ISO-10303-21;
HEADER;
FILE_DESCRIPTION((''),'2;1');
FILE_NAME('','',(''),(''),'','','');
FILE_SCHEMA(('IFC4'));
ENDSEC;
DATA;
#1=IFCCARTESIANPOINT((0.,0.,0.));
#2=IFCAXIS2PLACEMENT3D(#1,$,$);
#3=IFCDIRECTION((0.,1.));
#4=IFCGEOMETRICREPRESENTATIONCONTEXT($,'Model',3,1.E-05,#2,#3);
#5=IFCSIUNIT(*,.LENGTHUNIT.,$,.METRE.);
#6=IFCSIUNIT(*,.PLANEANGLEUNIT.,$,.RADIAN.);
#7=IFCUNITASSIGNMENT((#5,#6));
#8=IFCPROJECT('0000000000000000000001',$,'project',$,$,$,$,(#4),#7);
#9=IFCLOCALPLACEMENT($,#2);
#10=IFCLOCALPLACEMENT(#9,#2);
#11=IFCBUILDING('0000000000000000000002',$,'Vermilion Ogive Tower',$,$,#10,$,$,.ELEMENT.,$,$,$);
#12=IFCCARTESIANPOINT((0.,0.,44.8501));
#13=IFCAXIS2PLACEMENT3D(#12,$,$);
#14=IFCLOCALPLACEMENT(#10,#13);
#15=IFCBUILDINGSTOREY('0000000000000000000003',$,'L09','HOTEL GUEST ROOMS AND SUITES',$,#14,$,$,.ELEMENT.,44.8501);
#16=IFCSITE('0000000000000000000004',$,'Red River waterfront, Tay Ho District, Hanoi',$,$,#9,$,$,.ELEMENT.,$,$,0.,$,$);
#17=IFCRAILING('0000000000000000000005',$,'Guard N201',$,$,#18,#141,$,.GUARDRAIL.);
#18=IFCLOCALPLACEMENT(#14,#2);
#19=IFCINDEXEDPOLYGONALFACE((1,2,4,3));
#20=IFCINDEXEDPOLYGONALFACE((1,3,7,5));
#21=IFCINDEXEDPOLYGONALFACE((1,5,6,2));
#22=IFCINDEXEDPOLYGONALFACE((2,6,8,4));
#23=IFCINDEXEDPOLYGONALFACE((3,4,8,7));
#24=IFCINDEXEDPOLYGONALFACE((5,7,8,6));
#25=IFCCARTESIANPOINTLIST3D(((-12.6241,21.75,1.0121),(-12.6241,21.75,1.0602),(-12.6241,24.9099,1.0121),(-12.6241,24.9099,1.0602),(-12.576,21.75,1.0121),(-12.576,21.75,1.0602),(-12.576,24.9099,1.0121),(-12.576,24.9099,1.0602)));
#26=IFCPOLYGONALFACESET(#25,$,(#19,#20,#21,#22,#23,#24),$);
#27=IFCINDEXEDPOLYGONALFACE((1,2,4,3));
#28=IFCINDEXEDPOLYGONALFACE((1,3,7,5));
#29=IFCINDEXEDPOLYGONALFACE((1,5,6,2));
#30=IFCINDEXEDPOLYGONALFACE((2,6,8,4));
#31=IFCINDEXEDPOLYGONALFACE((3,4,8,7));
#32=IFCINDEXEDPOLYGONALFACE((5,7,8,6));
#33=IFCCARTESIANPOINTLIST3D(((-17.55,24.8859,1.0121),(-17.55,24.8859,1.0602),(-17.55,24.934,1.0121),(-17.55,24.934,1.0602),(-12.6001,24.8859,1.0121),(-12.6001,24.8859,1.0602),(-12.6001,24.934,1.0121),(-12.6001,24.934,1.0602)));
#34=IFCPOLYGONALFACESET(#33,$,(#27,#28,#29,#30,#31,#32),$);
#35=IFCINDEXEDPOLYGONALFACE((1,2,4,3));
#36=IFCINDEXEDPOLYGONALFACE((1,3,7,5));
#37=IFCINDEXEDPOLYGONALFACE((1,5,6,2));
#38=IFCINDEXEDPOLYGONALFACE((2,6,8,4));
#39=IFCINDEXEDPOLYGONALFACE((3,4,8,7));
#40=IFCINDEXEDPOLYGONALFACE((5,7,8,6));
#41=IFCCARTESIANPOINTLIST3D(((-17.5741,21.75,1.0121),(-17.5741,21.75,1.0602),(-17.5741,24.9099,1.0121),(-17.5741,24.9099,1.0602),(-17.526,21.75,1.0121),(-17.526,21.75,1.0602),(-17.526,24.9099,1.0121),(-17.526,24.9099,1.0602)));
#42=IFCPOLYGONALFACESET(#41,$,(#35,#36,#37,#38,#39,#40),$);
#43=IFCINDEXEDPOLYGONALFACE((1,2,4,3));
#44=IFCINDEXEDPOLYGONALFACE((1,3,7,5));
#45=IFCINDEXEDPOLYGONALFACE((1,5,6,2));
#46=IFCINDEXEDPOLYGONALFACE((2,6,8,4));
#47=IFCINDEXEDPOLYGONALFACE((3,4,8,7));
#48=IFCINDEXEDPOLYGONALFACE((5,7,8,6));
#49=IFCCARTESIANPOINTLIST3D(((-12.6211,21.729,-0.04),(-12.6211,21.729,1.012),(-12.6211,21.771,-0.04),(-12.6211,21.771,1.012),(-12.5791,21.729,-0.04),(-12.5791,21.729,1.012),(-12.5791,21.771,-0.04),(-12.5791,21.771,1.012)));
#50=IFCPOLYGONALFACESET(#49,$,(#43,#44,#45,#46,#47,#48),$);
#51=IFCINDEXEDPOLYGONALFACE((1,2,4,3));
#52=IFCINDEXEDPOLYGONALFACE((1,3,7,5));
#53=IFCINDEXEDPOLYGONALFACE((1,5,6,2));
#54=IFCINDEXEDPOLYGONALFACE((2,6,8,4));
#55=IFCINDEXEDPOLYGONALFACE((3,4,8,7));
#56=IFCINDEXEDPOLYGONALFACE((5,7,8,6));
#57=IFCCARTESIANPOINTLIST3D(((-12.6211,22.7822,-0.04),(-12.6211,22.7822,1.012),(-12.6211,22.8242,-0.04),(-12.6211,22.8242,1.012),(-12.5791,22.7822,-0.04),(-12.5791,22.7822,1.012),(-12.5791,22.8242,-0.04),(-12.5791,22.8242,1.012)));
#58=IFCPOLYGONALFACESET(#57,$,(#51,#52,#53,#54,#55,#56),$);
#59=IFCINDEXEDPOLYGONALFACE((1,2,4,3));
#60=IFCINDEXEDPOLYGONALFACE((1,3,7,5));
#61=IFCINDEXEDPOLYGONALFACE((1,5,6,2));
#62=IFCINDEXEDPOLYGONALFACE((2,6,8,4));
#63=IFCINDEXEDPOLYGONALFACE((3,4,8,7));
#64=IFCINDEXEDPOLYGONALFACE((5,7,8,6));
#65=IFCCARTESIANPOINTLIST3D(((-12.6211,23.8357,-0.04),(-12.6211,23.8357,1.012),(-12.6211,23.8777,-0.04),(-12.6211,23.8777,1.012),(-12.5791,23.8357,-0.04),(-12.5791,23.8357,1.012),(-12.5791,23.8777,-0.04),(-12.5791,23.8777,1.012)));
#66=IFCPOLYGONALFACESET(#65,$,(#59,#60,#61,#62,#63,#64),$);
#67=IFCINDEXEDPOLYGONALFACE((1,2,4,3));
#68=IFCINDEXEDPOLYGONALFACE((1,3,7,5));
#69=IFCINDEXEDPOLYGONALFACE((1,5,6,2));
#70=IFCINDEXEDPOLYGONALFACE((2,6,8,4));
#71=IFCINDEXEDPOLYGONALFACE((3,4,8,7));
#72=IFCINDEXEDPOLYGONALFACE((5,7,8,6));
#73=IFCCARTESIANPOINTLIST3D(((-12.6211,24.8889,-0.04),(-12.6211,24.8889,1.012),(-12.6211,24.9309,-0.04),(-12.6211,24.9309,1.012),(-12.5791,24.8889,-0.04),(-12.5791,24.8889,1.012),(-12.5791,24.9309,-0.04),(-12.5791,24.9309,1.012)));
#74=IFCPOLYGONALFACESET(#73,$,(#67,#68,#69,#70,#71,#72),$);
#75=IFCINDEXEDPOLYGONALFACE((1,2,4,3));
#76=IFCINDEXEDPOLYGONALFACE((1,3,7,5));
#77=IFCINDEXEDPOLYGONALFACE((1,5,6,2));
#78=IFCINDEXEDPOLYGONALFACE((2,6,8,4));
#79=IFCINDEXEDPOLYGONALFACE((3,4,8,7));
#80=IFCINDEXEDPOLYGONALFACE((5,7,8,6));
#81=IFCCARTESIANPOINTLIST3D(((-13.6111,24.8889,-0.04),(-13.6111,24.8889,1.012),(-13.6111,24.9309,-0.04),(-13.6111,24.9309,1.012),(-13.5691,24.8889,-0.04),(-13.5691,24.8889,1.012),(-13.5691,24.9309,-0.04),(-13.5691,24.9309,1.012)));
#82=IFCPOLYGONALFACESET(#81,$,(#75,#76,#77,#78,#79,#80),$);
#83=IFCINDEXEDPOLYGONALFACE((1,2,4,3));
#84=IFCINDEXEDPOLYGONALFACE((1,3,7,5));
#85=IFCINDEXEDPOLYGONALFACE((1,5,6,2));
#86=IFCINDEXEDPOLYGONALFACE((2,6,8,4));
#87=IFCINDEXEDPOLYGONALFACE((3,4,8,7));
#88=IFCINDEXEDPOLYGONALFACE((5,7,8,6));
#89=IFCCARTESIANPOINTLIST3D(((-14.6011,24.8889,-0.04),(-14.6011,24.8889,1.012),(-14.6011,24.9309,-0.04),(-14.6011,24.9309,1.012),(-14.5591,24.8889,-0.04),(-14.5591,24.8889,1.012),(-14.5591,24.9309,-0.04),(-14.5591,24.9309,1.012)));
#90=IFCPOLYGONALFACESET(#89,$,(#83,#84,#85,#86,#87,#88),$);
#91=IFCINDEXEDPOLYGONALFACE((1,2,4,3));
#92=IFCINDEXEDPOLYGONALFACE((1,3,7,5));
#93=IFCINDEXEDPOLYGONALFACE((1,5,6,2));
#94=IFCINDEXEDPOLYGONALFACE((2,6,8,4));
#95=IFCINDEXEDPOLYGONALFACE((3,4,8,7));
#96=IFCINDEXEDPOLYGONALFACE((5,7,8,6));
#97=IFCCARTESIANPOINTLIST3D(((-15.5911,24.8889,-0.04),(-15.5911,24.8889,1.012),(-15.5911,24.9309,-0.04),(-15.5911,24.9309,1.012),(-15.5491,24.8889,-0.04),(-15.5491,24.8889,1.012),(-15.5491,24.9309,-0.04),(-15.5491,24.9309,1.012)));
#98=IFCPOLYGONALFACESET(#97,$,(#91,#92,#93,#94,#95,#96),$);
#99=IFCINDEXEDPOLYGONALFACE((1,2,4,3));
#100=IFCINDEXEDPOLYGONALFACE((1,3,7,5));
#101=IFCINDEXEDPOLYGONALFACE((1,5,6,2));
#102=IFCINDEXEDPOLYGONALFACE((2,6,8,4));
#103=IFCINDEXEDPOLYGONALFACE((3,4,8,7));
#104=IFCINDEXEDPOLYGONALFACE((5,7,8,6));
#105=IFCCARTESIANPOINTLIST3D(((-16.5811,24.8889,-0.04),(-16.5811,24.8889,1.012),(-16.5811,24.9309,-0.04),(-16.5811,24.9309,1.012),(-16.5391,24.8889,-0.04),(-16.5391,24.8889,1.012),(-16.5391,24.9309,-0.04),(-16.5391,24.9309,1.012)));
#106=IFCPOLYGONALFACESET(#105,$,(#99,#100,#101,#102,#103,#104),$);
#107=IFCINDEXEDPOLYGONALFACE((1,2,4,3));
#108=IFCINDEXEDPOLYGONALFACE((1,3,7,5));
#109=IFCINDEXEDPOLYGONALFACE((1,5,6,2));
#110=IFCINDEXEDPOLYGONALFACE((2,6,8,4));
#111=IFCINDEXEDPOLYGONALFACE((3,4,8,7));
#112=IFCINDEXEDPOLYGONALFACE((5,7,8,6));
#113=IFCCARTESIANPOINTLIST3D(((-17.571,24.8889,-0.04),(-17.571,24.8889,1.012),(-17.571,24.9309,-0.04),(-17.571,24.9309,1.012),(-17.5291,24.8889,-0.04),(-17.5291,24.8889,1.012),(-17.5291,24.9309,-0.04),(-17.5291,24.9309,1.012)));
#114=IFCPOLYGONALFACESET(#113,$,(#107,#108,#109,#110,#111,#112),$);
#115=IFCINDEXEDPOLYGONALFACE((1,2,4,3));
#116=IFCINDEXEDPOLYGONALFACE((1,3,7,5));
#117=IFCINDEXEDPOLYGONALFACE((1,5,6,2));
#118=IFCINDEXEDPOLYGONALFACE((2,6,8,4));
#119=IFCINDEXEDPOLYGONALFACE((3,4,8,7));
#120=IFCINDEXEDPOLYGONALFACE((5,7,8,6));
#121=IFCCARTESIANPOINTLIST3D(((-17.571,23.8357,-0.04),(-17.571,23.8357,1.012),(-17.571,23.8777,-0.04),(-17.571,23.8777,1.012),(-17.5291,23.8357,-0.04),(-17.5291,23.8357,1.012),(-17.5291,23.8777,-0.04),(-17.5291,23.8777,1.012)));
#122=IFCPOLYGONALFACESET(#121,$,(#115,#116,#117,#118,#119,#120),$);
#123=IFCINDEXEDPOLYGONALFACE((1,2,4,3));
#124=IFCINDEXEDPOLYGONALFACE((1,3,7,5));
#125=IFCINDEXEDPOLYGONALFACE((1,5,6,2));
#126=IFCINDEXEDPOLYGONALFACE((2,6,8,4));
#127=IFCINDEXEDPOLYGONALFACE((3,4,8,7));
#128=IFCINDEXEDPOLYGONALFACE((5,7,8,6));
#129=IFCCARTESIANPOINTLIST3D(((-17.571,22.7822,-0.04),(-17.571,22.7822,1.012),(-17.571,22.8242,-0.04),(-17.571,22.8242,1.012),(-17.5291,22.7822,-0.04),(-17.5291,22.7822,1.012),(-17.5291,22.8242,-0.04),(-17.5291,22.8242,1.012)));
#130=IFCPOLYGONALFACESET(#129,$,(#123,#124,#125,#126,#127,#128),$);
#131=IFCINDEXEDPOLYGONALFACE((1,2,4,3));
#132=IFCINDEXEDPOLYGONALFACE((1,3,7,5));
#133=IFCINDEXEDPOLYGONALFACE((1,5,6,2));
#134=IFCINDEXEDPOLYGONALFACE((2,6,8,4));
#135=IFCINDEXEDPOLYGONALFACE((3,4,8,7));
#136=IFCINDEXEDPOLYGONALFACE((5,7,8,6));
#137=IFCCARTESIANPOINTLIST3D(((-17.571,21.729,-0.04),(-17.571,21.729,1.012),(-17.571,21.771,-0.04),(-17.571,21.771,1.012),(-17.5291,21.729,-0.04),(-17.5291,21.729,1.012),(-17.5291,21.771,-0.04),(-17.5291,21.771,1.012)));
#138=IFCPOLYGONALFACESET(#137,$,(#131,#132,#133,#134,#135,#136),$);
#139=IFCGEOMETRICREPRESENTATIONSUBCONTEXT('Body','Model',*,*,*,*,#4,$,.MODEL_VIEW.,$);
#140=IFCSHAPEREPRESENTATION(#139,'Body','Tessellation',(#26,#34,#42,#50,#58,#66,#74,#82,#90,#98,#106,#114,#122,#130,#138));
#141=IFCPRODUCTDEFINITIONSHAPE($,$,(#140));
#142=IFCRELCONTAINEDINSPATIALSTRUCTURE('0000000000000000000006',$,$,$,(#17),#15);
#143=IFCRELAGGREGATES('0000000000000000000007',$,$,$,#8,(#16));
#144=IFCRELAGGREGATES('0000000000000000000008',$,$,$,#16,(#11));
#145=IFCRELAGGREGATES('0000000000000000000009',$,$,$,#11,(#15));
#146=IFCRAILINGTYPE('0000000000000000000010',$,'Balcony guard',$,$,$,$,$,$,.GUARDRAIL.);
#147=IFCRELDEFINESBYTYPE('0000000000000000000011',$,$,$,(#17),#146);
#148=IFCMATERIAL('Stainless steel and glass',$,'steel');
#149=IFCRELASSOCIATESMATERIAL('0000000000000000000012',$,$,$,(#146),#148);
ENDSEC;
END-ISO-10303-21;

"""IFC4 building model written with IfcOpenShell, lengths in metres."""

from ifc_helpers import new_model, si_unit, direction, frame, origin, origin_2d, place, context, subcontext, project, spatial, rectangle, extrude, material, type_object, element, save


model = new_model("IFC4")

# Units and contexts
model_context = context("Model", 3, precision=1e-05, world=origin(), true_north=direction((0.0, 1.0)))
body_context = subcontext(model_context, "Body", "Model", "MODEL_VIEW")
ifc_project = project(units=[si_unit("LENGTHUNIT", "METRE"), si_unit("PLANEANGLEUNIT", "RADIAN")], contexts=[model_context])

# Site, building, storey
site_placement = place(None, origin())
site = spatial("IfcSite", under=ifc_project, at=site_placement, Name="Red River waterfront, Tay Ho District, Hanoi", CompositionType="ELEMENT", RefElevation=0.0)
building_placement = place(site_placement, origin())
building = spatial("IfcBuilding", under=site, at=building_placement, Name="Vermilion Ogive Tower", CompositionType="ELEMENT")
storey_placement = place(building_placement, frame((0.0, 0.0, 44.8501)))
storey = spatial("IfcBuildingStorey", under=building, at=storey_placement, Name="L09", Description="HOTEL GUEST ROOMS AND SUITES", CompositionType="ELEMENT", Elevation=44.8501)

# Railing
ifc_material_1 = material(Name="Stainless steel and glass", Category="steel")
railing_type = type_object("IfcRailingType", Name="Balcony guard", PredefinedType="GUARDRAIL", material=ifc_material_1)
railing_placement = place(storey_placement, frame((-12.6001, 21.75, -0.04)))
element("IfcRailing", 1, at=railing_placement, inside=storey, type_object=railing_type, Name="Guard N201", PredefinedType="GUARDRAIL", context=body_context, shape_type="SweptSolid", body=[
    extrude(rectangle(XDim=0.0481, YDim=0.0481, at=origin_2d()), frame((0.0, 0.0, 1.0762), z_axis=(0.0, 1.0, 0.0), x_axis=(-1.0, 0.0, 0.0)), (0.0, 0.0, 1.0), 3.1599),
    extrude(rectangle(XDim=0.0481, YDim=0.0481, at=origin_2d()), frame((0.0, 3.1599, 1.0762), z_axis=(-1.0, 0.0, 0.0), x_axis=(0.0, -1.0, 0.0)), (0.0, 0.0, 1.0), 4.95),
    extrude(rectangle(XDim=0.0481, YDim=0.0481, at=origin_2d()), frame((-4.95, 3.1599, 1.0762), z_axis=(0.0, -1.0, 0.0), x_axis=(1.0, 0.0, 0.0)), (0.0, 0.0, 1.0), 3.1599),
    extrude(rectangle(XDim=0.042, YDim=0.042, at=origin_2d()), origin(), (0.0, 0.0, 1.0), 1.052),
    extrude(rectangle(XDim=0.042, YDim=0.042, at=origin_2d()), frame((0.0, 1.0532, 0.0)), (0.0, 0.0, 1.0), 1.052),
    extrude(rectangle(XDim=0.042, YDim=0.042, at=origin_2d()), frame((0.0, 2.1067, 0.0)), (0.0, 0.0, 1.0), 1.052),
    extrude(rectangle(XDim=0.042, YDim=0.042, at=origin_2d()), frame((0.0, 3.1599, 0.0)), (0.0, 0.0, 1.0), 1.052),
    extrude(rectangle(XDim=0.042, YDim=0.042, at=origin_2d()), frame((-0.99, 3.1599, 0.0)), (0.0, 0.0, 1.0), 1.052),
    extrude(rectangle(XDim=0.042, YDim=0.042, at=origin_2d()), frame((-1.98, 3.1599, 0.0)), (0.0, 0.0, 1.0), 1.052),
    extrude(rectangle(XDim=0.042, YDim=0.042, at=origin_2d()), frame((-2.97, 3.1599, 0.0)), (0.0, 0.0, 1.0), 1.052),
    extrude(rectangle(XDim=0.042, YDim=0.042, at=origin_2d()), frame((-3.96, 3.1599, 0.0)), (0.0, 0.0, 1.0), 1.052),
    extrude(rectangle(XDim=0.042, YDim=0.042, at=origin_2d()), frame((-4.95, 3.1599, 0.0)), (0.0, 0.0, 1.0), 1.052),
    extrude(rectangle(XDim=0.042, YDim=0.042, at=origin_2d()), frame((-4.95, 2.1067, 0.0)), (0.0, 0.0, 1.0), 1.052),
    extrude(rectangle(XDim=0.042, YDim=0.042, at=origin_2d()), frame((-4.95, 1.0532, 0.0)), (0.0, 0.0, 1.0), 1.052),
    extrude(rectangle(XDim=0.042, YDim=0.042, at=origin_2d()), frame((-4.95, 0.0, 0.0)), (0.0, 0.0, 1.0), 1.052),
])

save(model, "model.ifc")
